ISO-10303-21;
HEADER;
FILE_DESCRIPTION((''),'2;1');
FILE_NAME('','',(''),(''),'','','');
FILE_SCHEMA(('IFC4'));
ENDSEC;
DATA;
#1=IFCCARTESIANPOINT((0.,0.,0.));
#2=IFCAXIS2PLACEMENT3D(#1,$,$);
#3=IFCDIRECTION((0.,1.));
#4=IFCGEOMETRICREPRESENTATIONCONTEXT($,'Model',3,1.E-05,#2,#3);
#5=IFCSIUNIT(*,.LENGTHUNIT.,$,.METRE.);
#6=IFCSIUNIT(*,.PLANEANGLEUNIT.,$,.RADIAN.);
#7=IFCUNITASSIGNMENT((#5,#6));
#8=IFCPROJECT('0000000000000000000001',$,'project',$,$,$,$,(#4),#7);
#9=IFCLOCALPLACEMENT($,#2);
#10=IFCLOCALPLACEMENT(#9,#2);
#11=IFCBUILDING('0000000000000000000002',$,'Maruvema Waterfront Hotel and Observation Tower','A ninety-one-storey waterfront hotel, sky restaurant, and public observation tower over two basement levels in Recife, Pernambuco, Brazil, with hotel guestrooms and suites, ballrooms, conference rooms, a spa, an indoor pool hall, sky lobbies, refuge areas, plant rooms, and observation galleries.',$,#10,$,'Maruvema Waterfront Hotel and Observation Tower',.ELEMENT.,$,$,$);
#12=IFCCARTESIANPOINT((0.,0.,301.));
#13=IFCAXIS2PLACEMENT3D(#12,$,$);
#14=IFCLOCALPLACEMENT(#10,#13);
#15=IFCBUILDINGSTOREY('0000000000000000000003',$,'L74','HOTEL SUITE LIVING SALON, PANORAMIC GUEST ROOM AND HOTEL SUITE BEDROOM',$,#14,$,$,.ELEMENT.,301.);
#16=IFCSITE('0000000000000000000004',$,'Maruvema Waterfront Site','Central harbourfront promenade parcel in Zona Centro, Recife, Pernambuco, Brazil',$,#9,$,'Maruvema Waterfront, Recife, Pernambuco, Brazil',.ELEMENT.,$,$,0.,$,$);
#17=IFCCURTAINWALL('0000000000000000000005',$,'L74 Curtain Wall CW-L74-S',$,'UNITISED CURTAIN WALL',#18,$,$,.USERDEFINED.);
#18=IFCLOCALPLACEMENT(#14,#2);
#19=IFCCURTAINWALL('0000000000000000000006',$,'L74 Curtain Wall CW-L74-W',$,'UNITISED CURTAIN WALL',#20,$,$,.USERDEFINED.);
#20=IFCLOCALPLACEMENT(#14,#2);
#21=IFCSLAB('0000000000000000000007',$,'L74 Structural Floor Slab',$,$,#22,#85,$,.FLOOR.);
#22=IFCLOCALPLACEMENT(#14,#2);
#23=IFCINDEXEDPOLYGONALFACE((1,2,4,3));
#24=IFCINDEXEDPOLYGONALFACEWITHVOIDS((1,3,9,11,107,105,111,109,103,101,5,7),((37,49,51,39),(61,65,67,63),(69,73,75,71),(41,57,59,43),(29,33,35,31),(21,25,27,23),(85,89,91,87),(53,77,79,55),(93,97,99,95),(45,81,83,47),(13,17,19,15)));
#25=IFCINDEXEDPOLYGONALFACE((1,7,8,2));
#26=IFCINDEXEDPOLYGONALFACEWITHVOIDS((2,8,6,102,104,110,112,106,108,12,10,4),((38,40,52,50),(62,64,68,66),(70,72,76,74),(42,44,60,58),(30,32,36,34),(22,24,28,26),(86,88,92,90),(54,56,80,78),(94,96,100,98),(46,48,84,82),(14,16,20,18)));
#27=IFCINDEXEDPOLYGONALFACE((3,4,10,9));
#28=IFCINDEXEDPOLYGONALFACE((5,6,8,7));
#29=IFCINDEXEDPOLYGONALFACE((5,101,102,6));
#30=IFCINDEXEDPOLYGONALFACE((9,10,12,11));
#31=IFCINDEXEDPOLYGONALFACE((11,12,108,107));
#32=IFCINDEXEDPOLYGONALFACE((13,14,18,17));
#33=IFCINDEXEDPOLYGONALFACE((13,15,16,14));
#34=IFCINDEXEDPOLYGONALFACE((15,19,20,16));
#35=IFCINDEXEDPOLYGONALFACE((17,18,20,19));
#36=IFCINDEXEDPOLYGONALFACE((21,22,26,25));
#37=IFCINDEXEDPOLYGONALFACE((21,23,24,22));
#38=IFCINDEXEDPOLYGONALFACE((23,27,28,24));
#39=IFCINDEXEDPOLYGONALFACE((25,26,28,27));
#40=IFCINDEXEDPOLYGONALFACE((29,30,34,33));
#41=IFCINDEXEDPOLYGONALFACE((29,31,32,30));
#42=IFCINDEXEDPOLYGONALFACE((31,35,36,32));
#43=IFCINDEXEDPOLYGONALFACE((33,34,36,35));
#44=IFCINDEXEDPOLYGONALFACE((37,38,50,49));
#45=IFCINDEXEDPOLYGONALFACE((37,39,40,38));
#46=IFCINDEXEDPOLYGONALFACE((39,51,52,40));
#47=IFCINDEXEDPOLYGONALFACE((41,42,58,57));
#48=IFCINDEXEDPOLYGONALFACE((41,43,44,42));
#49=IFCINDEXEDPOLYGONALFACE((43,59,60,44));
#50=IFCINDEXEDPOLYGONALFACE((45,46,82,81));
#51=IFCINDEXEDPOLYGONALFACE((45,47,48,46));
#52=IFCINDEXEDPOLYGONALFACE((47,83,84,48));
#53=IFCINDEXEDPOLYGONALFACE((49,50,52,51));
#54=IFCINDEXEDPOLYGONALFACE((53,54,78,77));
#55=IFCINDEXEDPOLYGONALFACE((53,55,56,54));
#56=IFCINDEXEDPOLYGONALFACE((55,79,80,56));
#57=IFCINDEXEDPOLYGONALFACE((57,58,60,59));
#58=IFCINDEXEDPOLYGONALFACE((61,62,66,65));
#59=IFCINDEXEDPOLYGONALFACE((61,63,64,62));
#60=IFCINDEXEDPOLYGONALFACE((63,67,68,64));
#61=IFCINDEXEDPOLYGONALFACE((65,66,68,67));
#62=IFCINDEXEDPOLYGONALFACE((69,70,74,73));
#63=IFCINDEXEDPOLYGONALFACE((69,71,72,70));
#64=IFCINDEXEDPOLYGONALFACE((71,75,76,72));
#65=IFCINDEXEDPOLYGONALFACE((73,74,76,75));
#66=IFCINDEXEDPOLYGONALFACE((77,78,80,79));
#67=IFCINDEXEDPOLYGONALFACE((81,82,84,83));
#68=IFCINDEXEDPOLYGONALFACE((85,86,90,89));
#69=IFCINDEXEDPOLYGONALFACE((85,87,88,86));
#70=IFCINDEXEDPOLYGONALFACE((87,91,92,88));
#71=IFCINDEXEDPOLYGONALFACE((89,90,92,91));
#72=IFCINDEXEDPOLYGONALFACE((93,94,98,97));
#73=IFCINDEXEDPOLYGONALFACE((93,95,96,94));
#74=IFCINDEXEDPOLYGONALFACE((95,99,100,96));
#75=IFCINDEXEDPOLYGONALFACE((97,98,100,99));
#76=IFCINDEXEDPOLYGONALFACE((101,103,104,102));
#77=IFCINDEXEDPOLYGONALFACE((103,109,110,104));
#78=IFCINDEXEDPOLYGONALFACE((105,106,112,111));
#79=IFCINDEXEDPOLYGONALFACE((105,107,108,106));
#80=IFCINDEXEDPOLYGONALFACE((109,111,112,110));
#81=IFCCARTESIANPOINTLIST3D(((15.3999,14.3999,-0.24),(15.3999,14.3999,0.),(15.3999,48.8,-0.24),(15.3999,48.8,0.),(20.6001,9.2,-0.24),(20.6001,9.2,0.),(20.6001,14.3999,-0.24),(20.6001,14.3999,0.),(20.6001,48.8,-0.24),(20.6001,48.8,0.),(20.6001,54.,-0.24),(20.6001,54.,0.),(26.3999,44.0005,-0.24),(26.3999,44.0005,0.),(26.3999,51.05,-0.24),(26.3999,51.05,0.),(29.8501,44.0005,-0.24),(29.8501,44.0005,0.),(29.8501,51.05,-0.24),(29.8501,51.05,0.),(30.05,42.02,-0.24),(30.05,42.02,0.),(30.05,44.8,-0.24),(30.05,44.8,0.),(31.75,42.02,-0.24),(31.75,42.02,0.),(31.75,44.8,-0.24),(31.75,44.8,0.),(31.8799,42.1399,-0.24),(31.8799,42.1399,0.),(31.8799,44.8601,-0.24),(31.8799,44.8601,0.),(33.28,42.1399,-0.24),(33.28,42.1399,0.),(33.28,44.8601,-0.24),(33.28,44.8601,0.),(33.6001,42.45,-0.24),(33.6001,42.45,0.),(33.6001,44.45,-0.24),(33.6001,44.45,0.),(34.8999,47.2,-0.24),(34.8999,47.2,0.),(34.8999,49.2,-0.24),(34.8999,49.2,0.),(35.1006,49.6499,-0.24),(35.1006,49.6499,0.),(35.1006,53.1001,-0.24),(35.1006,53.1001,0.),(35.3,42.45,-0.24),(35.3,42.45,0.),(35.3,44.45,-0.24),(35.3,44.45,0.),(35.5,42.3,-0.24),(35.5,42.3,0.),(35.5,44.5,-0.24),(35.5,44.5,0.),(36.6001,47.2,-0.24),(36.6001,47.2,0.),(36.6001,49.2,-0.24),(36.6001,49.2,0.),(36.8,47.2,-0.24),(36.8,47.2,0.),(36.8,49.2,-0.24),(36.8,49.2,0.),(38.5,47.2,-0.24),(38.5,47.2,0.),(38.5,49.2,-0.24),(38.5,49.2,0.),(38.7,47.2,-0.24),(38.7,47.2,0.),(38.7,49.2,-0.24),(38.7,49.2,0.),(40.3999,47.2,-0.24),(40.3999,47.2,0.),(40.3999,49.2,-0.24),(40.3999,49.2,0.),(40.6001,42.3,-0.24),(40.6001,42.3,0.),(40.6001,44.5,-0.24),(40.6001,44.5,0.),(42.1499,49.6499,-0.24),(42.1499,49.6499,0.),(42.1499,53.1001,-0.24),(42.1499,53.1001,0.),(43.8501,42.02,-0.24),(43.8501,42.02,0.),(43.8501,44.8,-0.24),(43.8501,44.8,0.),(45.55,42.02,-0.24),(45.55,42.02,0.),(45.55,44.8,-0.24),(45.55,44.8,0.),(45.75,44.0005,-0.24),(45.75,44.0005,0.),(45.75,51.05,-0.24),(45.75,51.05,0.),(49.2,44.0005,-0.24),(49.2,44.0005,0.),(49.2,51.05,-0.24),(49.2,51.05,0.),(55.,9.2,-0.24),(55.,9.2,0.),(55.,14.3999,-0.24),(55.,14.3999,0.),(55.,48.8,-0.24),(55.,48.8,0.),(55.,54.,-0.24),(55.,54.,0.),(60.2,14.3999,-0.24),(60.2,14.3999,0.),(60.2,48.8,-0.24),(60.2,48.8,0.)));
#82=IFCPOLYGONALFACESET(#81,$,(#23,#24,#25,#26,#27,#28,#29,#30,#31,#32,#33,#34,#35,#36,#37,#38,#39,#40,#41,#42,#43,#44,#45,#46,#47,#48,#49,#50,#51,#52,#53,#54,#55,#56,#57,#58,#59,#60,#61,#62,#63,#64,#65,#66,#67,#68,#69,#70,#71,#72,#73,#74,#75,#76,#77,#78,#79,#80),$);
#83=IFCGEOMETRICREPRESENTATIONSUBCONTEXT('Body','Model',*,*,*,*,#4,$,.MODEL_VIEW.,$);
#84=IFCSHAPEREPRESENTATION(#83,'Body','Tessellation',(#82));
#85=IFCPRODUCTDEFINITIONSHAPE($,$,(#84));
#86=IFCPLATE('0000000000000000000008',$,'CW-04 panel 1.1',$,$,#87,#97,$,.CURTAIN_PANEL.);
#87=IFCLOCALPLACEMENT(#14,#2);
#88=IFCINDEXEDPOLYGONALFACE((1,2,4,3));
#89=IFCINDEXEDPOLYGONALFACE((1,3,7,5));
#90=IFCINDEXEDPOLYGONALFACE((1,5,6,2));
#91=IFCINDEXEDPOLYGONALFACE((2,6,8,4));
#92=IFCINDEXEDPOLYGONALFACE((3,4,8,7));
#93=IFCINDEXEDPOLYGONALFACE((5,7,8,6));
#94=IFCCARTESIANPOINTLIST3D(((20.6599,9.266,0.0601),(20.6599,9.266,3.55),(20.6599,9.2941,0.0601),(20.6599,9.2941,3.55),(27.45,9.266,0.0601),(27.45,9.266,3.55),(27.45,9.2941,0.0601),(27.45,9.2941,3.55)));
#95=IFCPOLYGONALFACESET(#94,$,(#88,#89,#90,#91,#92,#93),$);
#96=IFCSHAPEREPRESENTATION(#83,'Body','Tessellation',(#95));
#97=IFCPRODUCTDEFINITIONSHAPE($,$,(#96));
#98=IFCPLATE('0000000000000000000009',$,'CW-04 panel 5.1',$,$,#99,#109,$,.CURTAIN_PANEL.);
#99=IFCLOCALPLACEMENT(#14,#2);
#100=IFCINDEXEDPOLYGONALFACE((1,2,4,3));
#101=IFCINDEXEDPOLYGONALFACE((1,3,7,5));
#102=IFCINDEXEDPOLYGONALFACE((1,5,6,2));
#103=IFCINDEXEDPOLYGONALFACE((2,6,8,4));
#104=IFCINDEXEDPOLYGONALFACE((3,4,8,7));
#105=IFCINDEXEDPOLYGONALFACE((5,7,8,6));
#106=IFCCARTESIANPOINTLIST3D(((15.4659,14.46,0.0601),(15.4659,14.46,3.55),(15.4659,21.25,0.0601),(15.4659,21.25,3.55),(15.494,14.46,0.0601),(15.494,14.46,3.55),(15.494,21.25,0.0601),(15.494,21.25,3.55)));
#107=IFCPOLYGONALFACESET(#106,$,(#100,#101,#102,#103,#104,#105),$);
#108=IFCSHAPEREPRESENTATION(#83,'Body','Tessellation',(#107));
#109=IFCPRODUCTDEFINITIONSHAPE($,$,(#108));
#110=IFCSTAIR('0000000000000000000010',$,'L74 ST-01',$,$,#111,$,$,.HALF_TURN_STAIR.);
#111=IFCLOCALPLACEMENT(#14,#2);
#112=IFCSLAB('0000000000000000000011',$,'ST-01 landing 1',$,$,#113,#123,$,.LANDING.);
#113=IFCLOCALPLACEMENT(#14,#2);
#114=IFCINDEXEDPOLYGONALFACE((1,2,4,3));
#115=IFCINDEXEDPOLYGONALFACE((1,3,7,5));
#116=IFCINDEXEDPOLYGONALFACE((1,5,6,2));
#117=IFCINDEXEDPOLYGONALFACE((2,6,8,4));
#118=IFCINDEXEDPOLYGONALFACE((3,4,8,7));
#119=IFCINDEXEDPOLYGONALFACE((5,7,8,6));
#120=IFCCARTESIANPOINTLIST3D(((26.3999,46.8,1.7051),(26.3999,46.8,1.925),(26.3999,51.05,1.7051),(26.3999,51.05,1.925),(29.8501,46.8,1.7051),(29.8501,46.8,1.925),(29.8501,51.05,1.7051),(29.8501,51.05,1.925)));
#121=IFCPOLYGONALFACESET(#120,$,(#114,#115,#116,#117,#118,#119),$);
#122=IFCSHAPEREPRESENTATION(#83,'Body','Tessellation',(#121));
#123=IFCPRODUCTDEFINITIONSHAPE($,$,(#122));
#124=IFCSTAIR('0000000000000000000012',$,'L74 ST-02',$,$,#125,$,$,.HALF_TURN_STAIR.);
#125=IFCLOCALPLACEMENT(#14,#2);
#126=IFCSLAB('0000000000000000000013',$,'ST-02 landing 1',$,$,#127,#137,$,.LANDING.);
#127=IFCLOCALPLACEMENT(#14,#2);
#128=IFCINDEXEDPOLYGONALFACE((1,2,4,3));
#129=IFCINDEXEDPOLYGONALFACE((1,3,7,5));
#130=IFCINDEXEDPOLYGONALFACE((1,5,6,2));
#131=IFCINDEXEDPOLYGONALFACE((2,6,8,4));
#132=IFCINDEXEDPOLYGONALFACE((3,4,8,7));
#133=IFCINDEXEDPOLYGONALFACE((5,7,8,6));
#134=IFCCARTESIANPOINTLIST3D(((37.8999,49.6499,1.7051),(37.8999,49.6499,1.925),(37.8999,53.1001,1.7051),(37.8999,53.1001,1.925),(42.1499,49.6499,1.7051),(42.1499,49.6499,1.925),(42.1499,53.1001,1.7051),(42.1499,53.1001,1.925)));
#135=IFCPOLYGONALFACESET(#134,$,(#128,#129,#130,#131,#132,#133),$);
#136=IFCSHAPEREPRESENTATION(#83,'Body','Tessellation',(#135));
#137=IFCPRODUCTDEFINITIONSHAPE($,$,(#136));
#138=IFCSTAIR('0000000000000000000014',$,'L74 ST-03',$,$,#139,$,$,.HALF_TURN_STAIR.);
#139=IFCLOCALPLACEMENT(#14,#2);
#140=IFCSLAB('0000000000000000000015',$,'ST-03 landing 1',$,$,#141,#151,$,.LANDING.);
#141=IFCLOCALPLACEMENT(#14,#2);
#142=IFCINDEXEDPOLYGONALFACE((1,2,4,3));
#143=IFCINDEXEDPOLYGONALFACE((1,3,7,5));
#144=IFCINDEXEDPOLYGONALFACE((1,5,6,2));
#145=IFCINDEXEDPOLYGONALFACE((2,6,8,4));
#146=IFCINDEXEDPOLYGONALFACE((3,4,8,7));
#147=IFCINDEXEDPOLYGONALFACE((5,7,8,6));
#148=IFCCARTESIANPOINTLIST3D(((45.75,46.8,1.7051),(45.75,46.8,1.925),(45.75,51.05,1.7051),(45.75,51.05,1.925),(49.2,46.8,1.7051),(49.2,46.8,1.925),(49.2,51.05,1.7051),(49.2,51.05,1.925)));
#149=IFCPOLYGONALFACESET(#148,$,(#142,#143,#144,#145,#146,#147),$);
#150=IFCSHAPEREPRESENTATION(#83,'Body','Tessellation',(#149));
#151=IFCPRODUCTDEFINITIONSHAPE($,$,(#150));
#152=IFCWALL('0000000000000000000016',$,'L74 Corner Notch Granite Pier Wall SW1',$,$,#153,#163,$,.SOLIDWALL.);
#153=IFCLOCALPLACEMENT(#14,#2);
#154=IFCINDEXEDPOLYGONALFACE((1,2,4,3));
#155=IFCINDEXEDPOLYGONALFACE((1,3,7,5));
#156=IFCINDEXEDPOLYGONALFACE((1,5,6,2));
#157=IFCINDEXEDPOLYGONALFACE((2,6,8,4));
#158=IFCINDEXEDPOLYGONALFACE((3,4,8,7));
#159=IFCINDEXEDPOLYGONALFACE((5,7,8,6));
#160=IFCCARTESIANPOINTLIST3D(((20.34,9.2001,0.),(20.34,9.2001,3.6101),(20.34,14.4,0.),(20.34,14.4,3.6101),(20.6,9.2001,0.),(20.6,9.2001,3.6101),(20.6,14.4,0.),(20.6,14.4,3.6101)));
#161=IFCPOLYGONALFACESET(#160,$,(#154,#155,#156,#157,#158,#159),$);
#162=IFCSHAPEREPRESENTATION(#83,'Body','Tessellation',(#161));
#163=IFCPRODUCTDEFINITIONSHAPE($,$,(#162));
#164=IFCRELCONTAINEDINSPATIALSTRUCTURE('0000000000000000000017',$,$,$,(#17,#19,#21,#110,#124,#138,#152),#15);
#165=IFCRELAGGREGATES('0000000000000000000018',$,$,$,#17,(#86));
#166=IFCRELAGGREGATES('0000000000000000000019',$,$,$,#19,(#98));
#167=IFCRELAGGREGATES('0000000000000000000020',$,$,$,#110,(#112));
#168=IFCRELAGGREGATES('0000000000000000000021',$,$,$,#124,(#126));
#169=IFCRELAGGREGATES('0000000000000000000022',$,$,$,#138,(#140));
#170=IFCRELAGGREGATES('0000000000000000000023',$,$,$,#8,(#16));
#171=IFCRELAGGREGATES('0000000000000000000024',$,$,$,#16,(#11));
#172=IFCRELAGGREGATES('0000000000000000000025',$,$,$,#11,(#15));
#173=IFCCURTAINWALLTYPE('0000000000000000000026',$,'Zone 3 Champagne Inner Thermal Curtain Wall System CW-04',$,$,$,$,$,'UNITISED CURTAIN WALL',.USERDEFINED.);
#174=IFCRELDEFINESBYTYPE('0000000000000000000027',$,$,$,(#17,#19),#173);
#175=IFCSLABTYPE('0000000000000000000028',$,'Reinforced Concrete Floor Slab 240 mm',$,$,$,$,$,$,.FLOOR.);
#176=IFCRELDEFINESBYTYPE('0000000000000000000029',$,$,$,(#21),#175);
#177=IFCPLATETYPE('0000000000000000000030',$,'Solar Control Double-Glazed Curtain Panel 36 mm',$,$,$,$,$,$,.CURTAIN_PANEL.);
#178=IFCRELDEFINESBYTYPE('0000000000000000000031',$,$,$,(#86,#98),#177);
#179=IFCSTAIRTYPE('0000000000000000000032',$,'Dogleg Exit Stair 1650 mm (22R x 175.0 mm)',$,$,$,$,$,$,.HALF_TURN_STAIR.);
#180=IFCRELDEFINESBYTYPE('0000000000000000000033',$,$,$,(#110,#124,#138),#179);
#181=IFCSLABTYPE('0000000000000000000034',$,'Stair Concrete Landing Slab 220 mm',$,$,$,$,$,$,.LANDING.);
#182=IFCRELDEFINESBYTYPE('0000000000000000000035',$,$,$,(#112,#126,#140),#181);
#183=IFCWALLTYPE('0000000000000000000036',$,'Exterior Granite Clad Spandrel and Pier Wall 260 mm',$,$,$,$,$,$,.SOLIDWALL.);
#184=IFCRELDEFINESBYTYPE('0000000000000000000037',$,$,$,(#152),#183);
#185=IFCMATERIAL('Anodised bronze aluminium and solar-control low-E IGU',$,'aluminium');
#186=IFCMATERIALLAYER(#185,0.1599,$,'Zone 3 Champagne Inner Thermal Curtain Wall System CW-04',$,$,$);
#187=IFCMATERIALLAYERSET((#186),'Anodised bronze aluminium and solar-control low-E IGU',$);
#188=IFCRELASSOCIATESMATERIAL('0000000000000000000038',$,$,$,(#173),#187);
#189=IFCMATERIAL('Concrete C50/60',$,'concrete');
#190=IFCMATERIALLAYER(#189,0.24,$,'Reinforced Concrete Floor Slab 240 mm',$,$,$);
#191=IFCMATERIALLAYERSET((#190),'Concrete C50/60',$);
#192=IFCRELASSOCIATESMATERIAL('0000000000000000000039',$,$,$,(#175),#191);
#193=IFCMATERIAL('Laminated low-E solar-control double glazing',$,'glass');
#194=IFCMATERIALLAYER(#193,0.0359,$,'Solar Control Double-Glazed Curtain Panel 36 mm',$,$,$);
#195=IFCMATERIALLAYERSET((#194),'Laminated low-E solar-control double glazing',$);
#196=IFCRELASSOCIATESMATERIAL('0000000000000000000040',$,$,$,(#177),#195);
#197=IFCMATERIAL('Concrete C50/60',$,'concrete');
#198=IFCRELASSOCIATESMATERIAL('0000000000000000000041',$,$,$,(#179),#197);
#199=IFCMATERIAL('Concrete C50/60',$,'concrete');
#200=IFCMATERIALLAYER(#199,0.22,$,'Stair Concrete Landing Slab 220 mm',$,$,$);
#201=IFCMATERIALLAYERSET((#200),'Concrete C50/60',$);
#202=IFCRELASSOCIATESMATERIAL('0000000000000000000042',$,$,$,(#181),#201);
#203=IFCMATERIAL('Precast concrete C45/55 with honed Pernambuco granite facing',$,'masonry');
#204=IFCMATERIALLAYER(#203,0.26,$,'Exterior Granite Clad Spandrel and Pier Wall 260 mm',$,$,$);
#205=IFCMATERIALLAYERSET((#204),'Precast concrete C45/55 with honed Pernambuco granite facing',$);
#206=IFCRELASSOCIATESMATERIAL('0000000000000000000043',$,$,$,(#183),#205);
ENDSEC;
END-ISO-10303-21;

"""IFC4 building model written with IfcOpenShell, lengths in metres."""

from ifc_helpers import new_model, si_unit, direction, frame, frame_2d, origin, origin_2d, place, context, subcontext, project, spatial, polyline, rectangle, outline, extrude, material, layer, layer_set, type_object, element, aggregate, save


model = new_model("IFC4")

# Units and contexts
model_context = context("Model", 3, precision=1e-05, world=origin(), true_north=direction((0.0, 1.0)))
body_context = subcontext(model_context, "Body", "Model", "MODEL_VIEW")
ifc_project = project(units=[si_unit("LENGTHUNIT", "METRE"), si_unit("PLANEANGLEUNIT", "RADIAN")], contexts=[model_context])

# Site, building, storey
site_placement = place(None, origin())
site = spatial("IfcSite", under=ifc_project, at=site_placement, Name="Maruvema Waterfront Site", Description="Central harbourfront promenade parcel in Zona Centro, Recife, Pernambuco, Brazil", LongName="Maruvema Waterfront, Recife, Pernambuco, Brazil", CompositionType="ELEMENT", RefElevation=0.0)
building_placement = place(site_placement, origin())
building = spatial("IfcBuilding", under=site, at=building_placement, Name="Maruvema Waterfront Hotel and Observation Tower", Description="A ninety-one-storey waterfront hotel, sky restaurant, and public observation tower over two basement levels in Recife, Pernambuco, Brazil, with hotel guestrooms and suites, ballrooms, conference rooms, a spa, an indoor pool hall, sky lobbies, refuge areas, plant rooms, and observation galleries.", LongName="Maruvema Waterfront Hotel and Observation Tower", CompositionType="ELEMENT")
storey_placement = place(building_placement, frame((0.0, 0.0, 301.0)))
storey = spatial("IfcBuildingStorey", under=building, at=storey_placement, Name="L74", Description="HOTEL SUITE LIVING SALON, PANORAMIC GUEST ROOM AND HOTEL SUITE BEDROOM", CompositionType="ELEMENT", Elevation=301.0)

# Curtain wall
ifc_material_1 = material(Name="Anodised bronze aluminium and solar-control low-E IGU", Category="aluminium")
ifc_layer_1 = layer(ifc_material_1, 0.1599, Name="Zone 3 Champagne Inner Thermal Curtain Wall System CW-04")
ifc_layer_set_1 = layer_set([ifc_layer_1], Name="Anodised bronze aluminium and solar-control low-E IGU")
curtain_wall_type = type_object("IfcCurtainWallType", Name="Zone 3 Champagne Inner Thermal Curtain Wall System CW-04", ElementType="UNITISED CURTAIN WALL", PredefinedType="USERDEFINED", material=ifc_layer_set_1)
curtain_wall_1_placement = place(storey_placement, origin())
curtain_wall_1 = element("IfcCurtainWall", 1, at=curtain_wall_1_placement, inside=storey, type_object=curtain_wall_type, Name="L74 Curtain Wall CW-L74-S", ObjectType="UNITISED CURTAIN WALL", PredefinedType="USERDEFINED")

# Curtain wall
curtain_wall_2_placement = place(storey_placement, origin())
curtain_wall_2 = element("IfcCurtainWall", 2, at=curtain_wall_2_placement, inside=storey, type_object=curtain_wall_type, Name="L74 Curtain Wall CW-L74-W", ObjectType="UNITISED CURTAIN WALL", PredefinedType="USERDEFINED")

# Slab
ifc_material_2 = material(Name="Concrete C50/60", Category="concrete")
ifc_layer_2 = layer(ifc_material_2, 0.24, Name="Reinforced Concrete Floor Slab 240 mm")
ifc_layer_set_2 = layer_set([ifc_layer_2], Name="Concrete C50/60")
slab_type_1 = type_object("IfcSlabType", Name="Reinforced Concrete Floor Slab 240 mm", PredefinedType="FLOOR", material=ifc_layer_set_2)
slab_1_placement = place(storey_placement, frame((0.0, 0.0, -0.24)))
element("IfcSlab", 3, at=slab_1_placement, inside=storey, type_object=slab_type_1, Name="L74 Structural Floor Slab", PredefinedType="FLOOR", context=body_context, shape_type="SweptSolid", body=[
    extrude(outline(polyline([(20.6001, 9.2), (55.0, 9.2), (55.0, 14.3999), (60.2, 14.3999), (60.2, 48.8), (55.0, 48.8), (55.0, 54.0), (20.6001, 54.0), (20.6001, 48.8), (15.3999, 48.8), (15.3999, 14.3999), (20.6001, 14.3999), (20.6001, 9.2)]), holes=[polyline([(26.3999, 44.0005), (26.3999, 51.05), (29.8501, 51.05), (29.8501, 44.0005), (26.3999, 44.0005)]), polyline([(30.05, 44.8), (31.75, 44.8), (31.75, 42.02), (30.05, 42.02), (30.05, 44.8)]), polyline([(31.8799, 42.1399), (31.8799, 44.8601), (33.28, 44.8601), (33.28, 42.1399), (31.8799, 42.1399)]), polyline([(33.6001, 44.45), (35.3, 44.45), (35.3, 42.45), (33.6001, 42.45), (33.6001, 44.45)]), polyline([(34.8999, 49.2), (36.6001, 49.2), (36.6001, 47.2), (34.8999, 47.2), (34.8999, 49.2)]), polyline([(36.8, 47.2), (36.8, 49.2), (38.5, 49.2), (38.5, 47.2), (36.8, 47.2)]), polyline([(35.5, 42.3), (35.5, 44.5), (40.6001, 44.5), (40.6001, 42.3), (35.5, 42.3)]), polyline([(35.1006, 53.1001), (42.1499, 53.1001), (42.1499, 49.6499), (35.1006, 49.6499), (35.1006, 53.1001)]), polyline([(38.7, 49.2), (40.3999, 49.2), (40.3999, 47.2), (38.7, 47.2), (38.7, 49.2)]), polyline([(43.8501, 44.8), (45.55, 44.8), (45.55, 42.02), (43.8501, 42.02), (43.8501, 44.8)]), polyline([(45.75, 44.0005), (45.75, 51.05), (49.2, 51.05), (49.2, 44.0005), (45.75, 44.0005)])]), origin(), (0.0, 0.0, 1.0), 0.24),
])

# Plates
ifc_material_3 = material(Name="Laminated low-E solar-control double glazing", Category="glass")
ifc_layer_3 = layer(ifc_material_3, 0.0359, Name="Solar Control Double-Glazed Curtain Panel 36 mm")
ifc_layer_set_3 = layer_set([ifc_layer_3], Name="Laminated low-E solar-control double glazing")
plate_type = type_object("IfcPlateType", Name="Solar Control Double-Glazed Curtain Panel 36 mm", PredefinedType="CURTAIN_PANEL", material=ifc_layer_set_3)
plate_1_placement = place(storey_placement, frame((24.0549, 9.28, 0.0601), z_axis=(0.0, 0.0, 1.0), x_axis=(1.0, 0.0, 0.0)))
plate_1 = element("IfcPlate", 4, at=plate_1_placement, type_object=plate_type, Name="CW-04 panel 1.1", PredefinedType="CURTAIN_PANEL", context=body_context, shape_type="SweptSolid", body=[
    extrude(rectangle(XDim=6.79, YDim=0.0281, at=origin_2d()), origin(), (0.0, 0.0, 1.0), 3.49),
])
aggregate(curtain_wall_1, [plate_1])
plate_2_placement = place(storey_placement, frame((15.48, 17.855, 0.0601), z_axis=(0.0, 0.0, 1.0), x_axis=(0.0, -1.0, 0.0)))
plate_2 = element("IfcPlate", 5, at=plate_2_placement, type_object=plate_type, Name="CW-04 panel 5.1", PredefinedType="CURTAIN_PANEL", context=body_context, shape_type="SweptSolid", body=[
    extrude(rectangle(XDim=6.79, YDim=0.0281, at=origin_2d()), origin(), (0.0, 0.0, 1.0), 3.49),
])
aggregate(curtain_wall_2, [plate_2])

# Stairs, slabs
ifc_material_4 = material(Name="Concrete C50/60", Category="concrete")
stair_type = type_object("IfcStairType", Name="Dogleg Exit Stair 1650 mm (22R x 175.0 mm)", PredefinedType="HALF_TURN_STAIR", material=ifc_material_4)
stair_1_placement = place(storey_placement, origin())
stair_1 = element("IfcStair", 6, at=stair_1_placement, inside=storey, type_object=stair_type, Name="L74 ST-01", PredefinedType="HALF_TURN_STAIR")
ifc_material_5 = material(Name="Concrete C50/60", Category="concrete")
ifc_layer_4 = layer(ifc_material_5, 0.22, Name="Stair Concrete Landing Slab 220 mm")
ifc_layer_set_4 = layer_set([ifc_layer_4], Name="Concrete C50/60")
slab_type_2 = type_object("IfcSlabType", Name="Stair Concrete Landing Slab 220 mm", PredefinedType="LANDING", material=ifc_layer_set_4)
slab_2_placement = place(storey_placement, frame((0.0, 0.0, 1.7051)))
slab_2 = element("IfcSlab", 7, at=slab_2_placement, type_object=slab_type_2, Name="ST-01 landing 1", PredefinedType="LANDING", context=body_context, shape_type="SweptSolid", body=[
    extrude(outline(polyline([(29.8501, 46.8), (29.8501, 51.05), (26.3999, 51.05), (26.3999, 46.8), (29.8501, 46.8)])), origin(), (0.0, 0.0, 1.0), 0.22),
])
aggregate(stair_1, [slab_2])
stair_2_placement = place(storey_placement, origin())
stair_2 = element("IfcStair", 8, at=stair_2_placement, inside=storey, type_object=stair_type, Name="L74 ST-02", PredefinedType="HALF_TURN_STAIR")
slab_3_placement = place(storey_placement, frame((0.0, 0.0, 1.7051)))
slab_3 = element("IfcSlab", 9, at=slab_3_placement, type_object=slab_type_2, Name="ST-02 landing 1", PredefinedType="LANDING", context=body_context, shape_type="SweptSolid", body=[
    extrude(outline(polyline([(37.8999, 49.6499), (42.1499, 49.6499), (42.1499, 53.1001), (37.8999, 53.1001), (37.8999, 49.6499)])), origin(), (0.0, 0.0, 1.0), 0.22),
])
aggregate(stair_2, [slab_3])
stair_3_placement = place(storey_placement, origin())
stair_3 = element("IfcStair", 10, at=stair_3_placement, inside=storey, type_object=stair_type, Name="L74 ST-03", PredefinedType="HALF_TURN_STAIR")
slab_4_placement = place(storey_placement, frame((0.0, 0.0, 1.7051)))
slab_4 = element("IfcSlab", 11, at=slab_4_placement, type_object=slab_type_2, Name="ST-03 landing 1", PredefinedType="LANDING", context=body_context, shape_type="SweptSolid", body=[
    extrude(outline(polyline([(49.2, 46.8), (49.2, 51.05), (45.75, 51.05), (45.75, 46.8), (49.2, 46.8)])), origin(), (0.0, 0.0, 1.0), 0.22),
])
aggregate(stair_3, [slab_4])

# Wall
ifc_material_6 = material(Name="Precast concrete C45/55 with honed Pernambuco granite facing", Category="masonry")
ifc_layer_5 = layer(ifc_material_6, 0.26, Name="Exterior Granite Clad Spandrel and Pier Wall 260 mm")
ifc_layer_set_5 = layer_set([ifc_layer_5], Name="Precast concrete C45/55 with honed Pernambuco granite facing")
wall_type_1 = type_object("IfcWallType", Name="Exterior Granite Clad Spandrel and Pier Wall 260 mm", PredefinedType="SOLIDWALL", material=ifc_layer_set_5)
wall_1_placement = place(storey_placement, frame((20.47, 9.2, 0.0), z_axis=(0.0, 0.0, 1.0), x_axis=(0.0, 1.0, 0.0)))
element("IfcWall", 12, at=wall_1_placement, inside=storey, type_object=wall_type_1, Name="L74 Corner Notch Granite Pier Wall SW1", PredefinedType="SOLIDWALL", context=body_context, shape_type="SweptSolid", body=[
    extrude(rectangle(XDim=5.2, YDim=0.26, at=frame_2d((2.6001, 0.0))), origin(), (0.0, 0.0, 1.0), 3.6101),
])

save(model, "model.ifc")
